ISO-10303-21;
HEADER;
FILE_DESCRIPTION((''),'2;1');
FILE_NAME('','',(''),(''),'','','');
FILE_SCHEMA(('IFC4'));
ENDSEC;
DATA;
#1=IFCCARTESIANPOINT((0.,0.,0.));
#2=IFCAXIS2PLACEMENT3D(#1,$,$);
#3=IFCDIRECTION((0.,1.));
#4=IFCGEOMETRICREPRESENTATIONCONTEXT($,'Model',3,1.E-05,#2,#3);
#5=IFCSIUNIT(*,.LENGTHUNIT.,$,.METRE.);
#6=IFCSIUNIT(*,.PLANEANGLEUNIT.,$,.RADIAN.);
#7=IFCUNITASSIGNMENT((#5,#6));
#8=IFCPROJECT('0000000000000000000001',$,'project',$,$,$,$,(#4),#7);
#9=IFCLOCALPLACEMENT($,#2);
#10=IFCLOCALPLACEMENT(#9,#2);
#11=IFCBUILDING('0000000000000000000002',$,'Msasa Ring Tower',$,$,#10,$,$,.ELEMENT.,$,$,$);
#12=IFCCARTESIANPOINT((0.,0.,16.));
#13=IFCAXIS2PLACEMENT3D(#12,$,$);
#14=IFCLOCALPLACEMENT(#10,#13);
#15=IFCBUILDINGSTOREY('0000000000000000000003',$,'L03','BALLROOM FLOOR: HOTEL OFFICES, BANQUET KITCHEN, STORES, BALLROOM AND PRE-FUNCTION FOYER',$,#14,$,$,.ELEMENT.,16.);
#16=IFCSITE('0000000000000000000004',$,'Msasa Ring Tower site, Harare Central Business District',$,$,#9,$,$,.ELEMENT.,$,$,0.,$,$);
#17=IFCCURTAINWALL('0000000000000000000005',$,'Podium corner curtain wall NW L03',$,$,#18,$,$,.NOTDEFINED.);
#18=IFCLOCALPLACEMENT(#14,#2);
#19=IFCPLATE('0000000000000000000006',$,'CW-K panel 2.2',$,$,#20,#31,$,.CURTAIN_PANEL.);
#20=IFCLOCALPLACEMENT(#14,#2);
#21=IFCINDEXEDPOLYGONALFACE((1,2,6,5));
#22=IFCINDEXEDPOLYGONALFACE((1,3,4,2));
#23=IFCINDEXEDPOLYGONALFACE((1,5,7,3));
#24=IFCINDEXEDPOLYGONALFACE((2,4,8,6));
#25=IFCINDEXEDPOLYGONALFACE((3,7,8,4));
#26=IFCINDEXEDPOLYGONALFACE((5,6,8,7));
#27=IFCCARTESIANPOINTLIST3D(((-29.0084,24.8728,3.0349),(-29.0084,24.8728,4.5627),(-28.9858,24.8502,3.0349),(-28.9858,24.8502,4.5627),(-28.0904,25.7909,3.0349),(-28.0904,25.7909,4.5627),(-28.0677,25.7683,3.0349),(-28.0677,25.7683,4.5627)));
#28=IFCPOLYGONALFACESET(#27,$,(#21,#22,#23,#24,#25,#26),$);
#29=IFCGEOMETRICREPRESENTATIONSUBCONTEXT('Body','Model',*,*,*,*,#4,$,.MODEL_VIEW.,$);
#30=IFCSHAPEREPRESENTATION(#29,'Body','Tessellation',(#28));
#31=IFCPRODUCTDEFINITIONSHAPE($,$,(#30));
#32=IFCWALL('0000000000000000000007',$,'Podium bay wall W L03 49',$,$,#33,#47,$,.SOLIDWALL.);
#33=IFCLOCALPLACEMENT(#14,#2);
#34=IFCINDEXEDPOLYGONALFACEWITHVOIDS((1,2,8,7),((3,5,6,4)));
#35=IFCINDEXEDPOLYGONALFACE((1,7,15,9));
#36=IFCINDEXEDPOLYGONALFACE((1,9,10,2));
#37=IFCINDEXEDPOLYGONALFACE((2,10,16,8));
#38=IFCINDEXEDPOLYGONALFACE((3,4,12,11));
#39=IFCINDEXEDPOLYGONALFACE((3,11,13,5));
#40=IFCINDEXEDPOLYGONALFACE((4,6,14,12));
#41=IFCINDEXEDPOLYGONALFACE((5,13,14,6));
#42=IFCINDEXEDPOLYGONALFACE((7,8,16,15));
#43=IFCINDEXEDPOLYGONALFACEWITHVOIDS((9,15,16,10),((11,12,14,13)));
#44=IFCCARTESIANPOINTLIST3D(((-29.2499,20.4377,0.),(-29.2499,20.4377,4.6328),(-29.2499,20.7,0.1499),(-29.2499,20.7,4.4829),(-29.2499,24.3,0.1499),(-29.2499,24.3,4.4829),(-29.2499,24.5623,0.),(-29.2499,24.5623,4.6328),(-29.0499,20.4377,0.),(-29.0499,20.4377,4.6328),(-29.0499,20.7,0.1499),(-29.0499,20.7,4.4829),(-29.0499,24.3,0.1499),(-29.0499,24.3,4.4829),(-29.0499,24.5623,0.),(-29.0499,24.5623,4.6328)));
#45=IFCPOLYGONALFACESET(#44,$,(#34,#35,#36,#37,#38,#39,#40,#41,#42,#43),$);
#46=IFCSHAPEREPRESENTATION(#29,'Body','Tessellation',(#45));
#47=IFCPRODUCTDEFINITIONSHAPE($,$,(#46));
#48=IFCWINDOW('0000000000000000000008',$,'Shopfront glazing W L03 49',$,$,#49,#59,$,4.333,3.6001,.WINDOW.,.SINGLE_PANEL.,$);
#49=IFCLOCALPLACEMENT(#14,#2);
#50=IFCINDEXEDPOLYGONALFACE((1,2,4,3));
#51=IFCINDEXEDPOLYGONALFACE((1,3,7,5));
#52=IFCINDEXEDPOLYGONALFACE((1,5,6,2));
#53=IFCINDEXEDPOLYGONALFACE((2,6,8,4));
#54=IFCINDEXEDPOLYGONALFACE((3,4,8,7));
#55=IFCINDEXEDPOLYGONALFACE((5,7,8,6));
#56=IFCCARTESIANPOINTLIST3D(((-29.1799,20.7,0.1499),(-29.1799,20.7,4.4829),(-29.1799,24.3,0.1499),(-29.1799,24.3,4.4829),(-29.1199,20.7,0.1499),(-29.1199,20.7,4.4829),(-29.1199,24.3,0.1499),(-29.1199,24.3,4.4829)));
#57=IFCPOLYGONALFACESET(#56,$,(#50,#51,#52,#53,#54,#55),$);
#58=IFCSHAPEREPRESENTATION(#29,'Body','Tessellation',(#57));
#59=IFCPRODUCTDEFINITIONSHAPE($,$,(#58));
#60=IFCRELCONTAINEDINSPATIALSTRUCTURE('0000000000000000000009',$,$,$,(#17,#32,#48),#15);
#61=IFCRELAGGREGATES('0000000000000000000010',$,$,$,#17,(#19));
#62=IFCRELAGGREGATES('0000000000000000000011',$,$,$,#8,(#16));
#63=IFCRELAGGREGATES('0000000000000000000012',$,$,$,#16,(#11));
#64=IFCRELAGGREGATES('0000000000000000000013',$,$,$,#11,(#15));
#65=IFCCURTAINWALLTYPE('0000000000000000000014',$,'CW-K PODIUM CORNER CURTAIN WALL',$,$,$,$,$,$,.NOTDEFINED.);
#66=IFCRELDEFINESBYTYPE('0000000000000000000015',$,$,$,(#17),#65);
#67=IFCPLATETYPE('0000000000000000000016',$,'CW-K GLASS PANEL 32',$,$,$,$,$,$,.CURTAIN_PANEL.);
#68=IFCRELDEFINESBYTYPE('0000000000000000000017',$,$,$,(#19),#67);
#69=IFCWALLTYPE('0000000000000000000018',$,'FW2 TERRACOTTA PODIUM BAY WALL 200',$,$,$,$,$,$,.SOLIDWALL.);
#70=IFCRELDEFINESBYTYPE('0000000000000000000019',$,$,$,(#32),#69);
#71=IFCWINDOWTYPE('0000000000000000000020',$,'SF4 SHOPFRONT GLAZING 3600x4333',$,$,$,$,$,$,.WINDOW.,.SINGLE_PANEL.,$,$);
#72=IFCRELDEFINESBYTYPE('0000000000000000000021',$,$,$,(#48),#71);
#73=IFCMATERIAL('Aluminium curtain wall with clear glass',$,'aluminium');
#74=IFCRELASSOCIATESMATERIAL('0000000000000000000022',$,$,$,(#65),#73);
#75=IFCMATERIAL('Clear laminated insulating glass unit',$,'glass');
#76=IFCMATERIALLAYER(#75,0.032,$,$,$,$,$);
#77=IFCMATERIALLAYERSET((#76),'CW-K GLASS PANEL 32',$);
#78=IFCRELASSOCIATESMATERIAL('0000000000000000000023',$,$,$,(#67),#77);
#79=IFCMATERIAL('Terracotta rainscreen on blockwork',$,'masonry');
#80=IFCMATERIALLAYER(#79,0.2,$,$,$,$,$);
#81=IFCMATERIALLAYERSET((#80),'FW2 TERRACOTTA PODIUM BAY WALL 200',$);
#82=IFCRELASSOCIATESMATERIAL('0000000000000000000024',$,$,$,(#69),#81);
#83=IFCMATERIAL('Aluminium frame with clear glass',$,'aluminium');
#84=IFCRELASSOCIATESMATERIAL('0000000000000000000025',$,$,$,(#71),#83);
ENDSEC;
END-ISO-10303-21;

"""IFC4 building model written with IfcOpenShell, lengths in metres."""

from ifc_helpers import new_model, si_unit, direction, frame, frame_2d, origin, origin_2d, place, context, subcontext, project, spatial, rectangle, extrude, material, layer, layer_set, type_object, element, fill, aggregate, save


model = new_model("IFC4")

# Units and contexts
model_context = context("Model", 3, precision=1e-05, world=origin(), true_north=direction((0.0, 1.0)))
body_context = subcontext(model_context, "Body", "Model", "MODEL_VIEW")
ifc_project = project(units=[si_unit("LENGTHUNIT", "METRE"), si_unit("PLANEANGLEUNIT", "RADIAN")], contexts=[model_context])

# Site, building, storey
site_placement = place(None, origin())
site = spatial("IfcSite", under=ifc_project, at=site_placement, Name="Msasa Ring Tower site, Harare Central Business District", CompositionType="ELEMENT", RefElevation=0.0)
building_placement = place(site_placement, origin())
building = spatial("IfcBuilding", under=site, at=building_placement, Name="Msasa Ring Tower", CompositionType="ELEMENT")
storey_placement = place(building_placement, frame((0.0, 0.0, 16.0)))
storey = spatial("IfcBuildingStorey", under=building, at=storey_placement, Name="L03", Description="BALLROOM FLOOR: HOTEL OFFICES, BANQUET KITCHEN, STORES, BALLROOM AND PRE-FUNCTION FOYER", CompositionType="ELEMENT", Elevation=16.0)

# Curtain wall
ifc_material_1 = material(Name="Aluminium curtain wall with clear glass", Category="aluminium")
curtain_wall_type = type_object("IfcCurtainWallType", Name="CW-K PODIUM CORNER CURTAIN WALL", PredefinedType="NOTDEFINED", material=ifc_material_1)
curtain_wall_placement = place(storey_placement, origin())
curtain_wall = element("IfcCurtainWall", 1, at=curtain_wall_placement, inside=storey, type_object=curtain_wall_type, Name="Podium corner curtain wall NW L03", PredefinedType="NOTDEFINED")

# Plate
ifc_material_2 = material(Name="Clear laminated insulating glass unit", Category="glass")
ifc_layer_1 = layer(ifc_material_2, 0.032)
ifc_layer_set_1 = layer_set([ifc_layer_1], Name="CW-K GLASS PANEL 32")
plate_type = type_object("IfcPlateType", Name="CW-K GLASS PANEL 32", PredefinedType="CURTAIN_PANEL", material=ifc_layer_set_1)
plate_1_placement = place(storey_placement, frame((-28.5381, 25.3206, 3.0349), z_axis=(0.0, 0.0, 1.0), x_axis=(-0.707107, -0.707107, 0.0)))
plate_1 = element("IfcPlate", 2, at=plate_1_placement, type_object=plate_type, Name="CW-K panel 2.2", PredefinedType="CURTAIN_PANEL", context=body_context, shape_type="SweptSolid", body=[
    extrude(rectangle(XDim=1.2983, YDim=0.032, at=origin_2d()), origin(), (0.0, 0.0, 1.0), 1.5278),
])
aggregate(curtain_wall, [plate_1])

# Wall, opening, window
ifc_material_3 = material(Name="Terracotta rainscreen on blockwork", Category="masonry")
ifc_layer_2 = layer(ifc_material_3, 0.2)
ifc_layer_set_2 = layer_set([ifc_layer_2], Name="FW2 TERRACOTTA PODIUM BAY WALL 200")
wall_type = type_object("IfcWallType", Name="FW2 TERRACOTTA PODIUM BAY WALL 200", PredefinedType="SOLIDWALL", material=ifc_layer_set_2)
wall_placement = place(storey_placement, frame((-29.1499, 20.4377, 0.0), z_axis=(0.0, 0.0, 1.0), x_axis=(0.0, 1.0, 0.0)))
wall = element("IfcWall", 3, at=wall_placement, inside=storey, type_object=wall_type, Name="Podium bay wall W L03 49", PredefinedType="SOLIDWALL", context=body_context, shape_type="SweptSolid", body=[
    extrude(rectangle(XDim=4.1245, YDim=0.2, at=frame_2d((2.0623, 0.0))), origin(), (0.0, 0.0, 1.0), 4.6328),
])
opening_placement = place(wall_placement, frame((0.2622, 0.0, 0.1499)))
opening = element("IfcOpeningElement", 4, at=opening_placement, cuts=wall, PredefinedType="OPENING", context=body_context, shape_type="SweptSolid", body=[
    extrude(rectangle(XDim=3.6001, YDim=4.333, at=frame_2d((1.8, 2.1665))), frame((0.0, 0.1099, 0.0), z_axis=(0.0, -1.0, 0.0), x_axis=(1.0, 0.0, 0.0)), (0.0, 0.0, 1.0), 0.22),
])
ifc_material_4 = material(Name="Aluminium frame with clear glass", Category="aluminium")
window_type = type_object("IfcWindowType", Name="SF4 SHOPFRONT GLAZING 3600x4333", PartitioningType="SINGLE_PANEL", PredefinedType="WINDOW", material=ifc_material_4)
window_placement = place(opening_placement, origin())
window = element("IfcWindow", 5, at=window_placement, inside=storey, type_object=window_type, Name="Shopfront glazing W L03 49", OverallHeight=4.333, OverallWidth=3.6001, PartitioningType="SINGLE_PANEL", PredefinedType="WINDOW", context=body_context, shape_type="SweptSolid", body=[
    extrude(rectangle(XDim=3.6001, YDim=4.333, at=frame_2d((1.8, 2.1665))), frame((0.0, 0.03, 0.0), z_axis=(0.0, -1.0, 0.0), x_axis=(1.0, 0.0, 0.0)), (0.0, 0.0, 1.0), 0.0601),
])
fill(opening, window)

save(model, "model.ifc")
